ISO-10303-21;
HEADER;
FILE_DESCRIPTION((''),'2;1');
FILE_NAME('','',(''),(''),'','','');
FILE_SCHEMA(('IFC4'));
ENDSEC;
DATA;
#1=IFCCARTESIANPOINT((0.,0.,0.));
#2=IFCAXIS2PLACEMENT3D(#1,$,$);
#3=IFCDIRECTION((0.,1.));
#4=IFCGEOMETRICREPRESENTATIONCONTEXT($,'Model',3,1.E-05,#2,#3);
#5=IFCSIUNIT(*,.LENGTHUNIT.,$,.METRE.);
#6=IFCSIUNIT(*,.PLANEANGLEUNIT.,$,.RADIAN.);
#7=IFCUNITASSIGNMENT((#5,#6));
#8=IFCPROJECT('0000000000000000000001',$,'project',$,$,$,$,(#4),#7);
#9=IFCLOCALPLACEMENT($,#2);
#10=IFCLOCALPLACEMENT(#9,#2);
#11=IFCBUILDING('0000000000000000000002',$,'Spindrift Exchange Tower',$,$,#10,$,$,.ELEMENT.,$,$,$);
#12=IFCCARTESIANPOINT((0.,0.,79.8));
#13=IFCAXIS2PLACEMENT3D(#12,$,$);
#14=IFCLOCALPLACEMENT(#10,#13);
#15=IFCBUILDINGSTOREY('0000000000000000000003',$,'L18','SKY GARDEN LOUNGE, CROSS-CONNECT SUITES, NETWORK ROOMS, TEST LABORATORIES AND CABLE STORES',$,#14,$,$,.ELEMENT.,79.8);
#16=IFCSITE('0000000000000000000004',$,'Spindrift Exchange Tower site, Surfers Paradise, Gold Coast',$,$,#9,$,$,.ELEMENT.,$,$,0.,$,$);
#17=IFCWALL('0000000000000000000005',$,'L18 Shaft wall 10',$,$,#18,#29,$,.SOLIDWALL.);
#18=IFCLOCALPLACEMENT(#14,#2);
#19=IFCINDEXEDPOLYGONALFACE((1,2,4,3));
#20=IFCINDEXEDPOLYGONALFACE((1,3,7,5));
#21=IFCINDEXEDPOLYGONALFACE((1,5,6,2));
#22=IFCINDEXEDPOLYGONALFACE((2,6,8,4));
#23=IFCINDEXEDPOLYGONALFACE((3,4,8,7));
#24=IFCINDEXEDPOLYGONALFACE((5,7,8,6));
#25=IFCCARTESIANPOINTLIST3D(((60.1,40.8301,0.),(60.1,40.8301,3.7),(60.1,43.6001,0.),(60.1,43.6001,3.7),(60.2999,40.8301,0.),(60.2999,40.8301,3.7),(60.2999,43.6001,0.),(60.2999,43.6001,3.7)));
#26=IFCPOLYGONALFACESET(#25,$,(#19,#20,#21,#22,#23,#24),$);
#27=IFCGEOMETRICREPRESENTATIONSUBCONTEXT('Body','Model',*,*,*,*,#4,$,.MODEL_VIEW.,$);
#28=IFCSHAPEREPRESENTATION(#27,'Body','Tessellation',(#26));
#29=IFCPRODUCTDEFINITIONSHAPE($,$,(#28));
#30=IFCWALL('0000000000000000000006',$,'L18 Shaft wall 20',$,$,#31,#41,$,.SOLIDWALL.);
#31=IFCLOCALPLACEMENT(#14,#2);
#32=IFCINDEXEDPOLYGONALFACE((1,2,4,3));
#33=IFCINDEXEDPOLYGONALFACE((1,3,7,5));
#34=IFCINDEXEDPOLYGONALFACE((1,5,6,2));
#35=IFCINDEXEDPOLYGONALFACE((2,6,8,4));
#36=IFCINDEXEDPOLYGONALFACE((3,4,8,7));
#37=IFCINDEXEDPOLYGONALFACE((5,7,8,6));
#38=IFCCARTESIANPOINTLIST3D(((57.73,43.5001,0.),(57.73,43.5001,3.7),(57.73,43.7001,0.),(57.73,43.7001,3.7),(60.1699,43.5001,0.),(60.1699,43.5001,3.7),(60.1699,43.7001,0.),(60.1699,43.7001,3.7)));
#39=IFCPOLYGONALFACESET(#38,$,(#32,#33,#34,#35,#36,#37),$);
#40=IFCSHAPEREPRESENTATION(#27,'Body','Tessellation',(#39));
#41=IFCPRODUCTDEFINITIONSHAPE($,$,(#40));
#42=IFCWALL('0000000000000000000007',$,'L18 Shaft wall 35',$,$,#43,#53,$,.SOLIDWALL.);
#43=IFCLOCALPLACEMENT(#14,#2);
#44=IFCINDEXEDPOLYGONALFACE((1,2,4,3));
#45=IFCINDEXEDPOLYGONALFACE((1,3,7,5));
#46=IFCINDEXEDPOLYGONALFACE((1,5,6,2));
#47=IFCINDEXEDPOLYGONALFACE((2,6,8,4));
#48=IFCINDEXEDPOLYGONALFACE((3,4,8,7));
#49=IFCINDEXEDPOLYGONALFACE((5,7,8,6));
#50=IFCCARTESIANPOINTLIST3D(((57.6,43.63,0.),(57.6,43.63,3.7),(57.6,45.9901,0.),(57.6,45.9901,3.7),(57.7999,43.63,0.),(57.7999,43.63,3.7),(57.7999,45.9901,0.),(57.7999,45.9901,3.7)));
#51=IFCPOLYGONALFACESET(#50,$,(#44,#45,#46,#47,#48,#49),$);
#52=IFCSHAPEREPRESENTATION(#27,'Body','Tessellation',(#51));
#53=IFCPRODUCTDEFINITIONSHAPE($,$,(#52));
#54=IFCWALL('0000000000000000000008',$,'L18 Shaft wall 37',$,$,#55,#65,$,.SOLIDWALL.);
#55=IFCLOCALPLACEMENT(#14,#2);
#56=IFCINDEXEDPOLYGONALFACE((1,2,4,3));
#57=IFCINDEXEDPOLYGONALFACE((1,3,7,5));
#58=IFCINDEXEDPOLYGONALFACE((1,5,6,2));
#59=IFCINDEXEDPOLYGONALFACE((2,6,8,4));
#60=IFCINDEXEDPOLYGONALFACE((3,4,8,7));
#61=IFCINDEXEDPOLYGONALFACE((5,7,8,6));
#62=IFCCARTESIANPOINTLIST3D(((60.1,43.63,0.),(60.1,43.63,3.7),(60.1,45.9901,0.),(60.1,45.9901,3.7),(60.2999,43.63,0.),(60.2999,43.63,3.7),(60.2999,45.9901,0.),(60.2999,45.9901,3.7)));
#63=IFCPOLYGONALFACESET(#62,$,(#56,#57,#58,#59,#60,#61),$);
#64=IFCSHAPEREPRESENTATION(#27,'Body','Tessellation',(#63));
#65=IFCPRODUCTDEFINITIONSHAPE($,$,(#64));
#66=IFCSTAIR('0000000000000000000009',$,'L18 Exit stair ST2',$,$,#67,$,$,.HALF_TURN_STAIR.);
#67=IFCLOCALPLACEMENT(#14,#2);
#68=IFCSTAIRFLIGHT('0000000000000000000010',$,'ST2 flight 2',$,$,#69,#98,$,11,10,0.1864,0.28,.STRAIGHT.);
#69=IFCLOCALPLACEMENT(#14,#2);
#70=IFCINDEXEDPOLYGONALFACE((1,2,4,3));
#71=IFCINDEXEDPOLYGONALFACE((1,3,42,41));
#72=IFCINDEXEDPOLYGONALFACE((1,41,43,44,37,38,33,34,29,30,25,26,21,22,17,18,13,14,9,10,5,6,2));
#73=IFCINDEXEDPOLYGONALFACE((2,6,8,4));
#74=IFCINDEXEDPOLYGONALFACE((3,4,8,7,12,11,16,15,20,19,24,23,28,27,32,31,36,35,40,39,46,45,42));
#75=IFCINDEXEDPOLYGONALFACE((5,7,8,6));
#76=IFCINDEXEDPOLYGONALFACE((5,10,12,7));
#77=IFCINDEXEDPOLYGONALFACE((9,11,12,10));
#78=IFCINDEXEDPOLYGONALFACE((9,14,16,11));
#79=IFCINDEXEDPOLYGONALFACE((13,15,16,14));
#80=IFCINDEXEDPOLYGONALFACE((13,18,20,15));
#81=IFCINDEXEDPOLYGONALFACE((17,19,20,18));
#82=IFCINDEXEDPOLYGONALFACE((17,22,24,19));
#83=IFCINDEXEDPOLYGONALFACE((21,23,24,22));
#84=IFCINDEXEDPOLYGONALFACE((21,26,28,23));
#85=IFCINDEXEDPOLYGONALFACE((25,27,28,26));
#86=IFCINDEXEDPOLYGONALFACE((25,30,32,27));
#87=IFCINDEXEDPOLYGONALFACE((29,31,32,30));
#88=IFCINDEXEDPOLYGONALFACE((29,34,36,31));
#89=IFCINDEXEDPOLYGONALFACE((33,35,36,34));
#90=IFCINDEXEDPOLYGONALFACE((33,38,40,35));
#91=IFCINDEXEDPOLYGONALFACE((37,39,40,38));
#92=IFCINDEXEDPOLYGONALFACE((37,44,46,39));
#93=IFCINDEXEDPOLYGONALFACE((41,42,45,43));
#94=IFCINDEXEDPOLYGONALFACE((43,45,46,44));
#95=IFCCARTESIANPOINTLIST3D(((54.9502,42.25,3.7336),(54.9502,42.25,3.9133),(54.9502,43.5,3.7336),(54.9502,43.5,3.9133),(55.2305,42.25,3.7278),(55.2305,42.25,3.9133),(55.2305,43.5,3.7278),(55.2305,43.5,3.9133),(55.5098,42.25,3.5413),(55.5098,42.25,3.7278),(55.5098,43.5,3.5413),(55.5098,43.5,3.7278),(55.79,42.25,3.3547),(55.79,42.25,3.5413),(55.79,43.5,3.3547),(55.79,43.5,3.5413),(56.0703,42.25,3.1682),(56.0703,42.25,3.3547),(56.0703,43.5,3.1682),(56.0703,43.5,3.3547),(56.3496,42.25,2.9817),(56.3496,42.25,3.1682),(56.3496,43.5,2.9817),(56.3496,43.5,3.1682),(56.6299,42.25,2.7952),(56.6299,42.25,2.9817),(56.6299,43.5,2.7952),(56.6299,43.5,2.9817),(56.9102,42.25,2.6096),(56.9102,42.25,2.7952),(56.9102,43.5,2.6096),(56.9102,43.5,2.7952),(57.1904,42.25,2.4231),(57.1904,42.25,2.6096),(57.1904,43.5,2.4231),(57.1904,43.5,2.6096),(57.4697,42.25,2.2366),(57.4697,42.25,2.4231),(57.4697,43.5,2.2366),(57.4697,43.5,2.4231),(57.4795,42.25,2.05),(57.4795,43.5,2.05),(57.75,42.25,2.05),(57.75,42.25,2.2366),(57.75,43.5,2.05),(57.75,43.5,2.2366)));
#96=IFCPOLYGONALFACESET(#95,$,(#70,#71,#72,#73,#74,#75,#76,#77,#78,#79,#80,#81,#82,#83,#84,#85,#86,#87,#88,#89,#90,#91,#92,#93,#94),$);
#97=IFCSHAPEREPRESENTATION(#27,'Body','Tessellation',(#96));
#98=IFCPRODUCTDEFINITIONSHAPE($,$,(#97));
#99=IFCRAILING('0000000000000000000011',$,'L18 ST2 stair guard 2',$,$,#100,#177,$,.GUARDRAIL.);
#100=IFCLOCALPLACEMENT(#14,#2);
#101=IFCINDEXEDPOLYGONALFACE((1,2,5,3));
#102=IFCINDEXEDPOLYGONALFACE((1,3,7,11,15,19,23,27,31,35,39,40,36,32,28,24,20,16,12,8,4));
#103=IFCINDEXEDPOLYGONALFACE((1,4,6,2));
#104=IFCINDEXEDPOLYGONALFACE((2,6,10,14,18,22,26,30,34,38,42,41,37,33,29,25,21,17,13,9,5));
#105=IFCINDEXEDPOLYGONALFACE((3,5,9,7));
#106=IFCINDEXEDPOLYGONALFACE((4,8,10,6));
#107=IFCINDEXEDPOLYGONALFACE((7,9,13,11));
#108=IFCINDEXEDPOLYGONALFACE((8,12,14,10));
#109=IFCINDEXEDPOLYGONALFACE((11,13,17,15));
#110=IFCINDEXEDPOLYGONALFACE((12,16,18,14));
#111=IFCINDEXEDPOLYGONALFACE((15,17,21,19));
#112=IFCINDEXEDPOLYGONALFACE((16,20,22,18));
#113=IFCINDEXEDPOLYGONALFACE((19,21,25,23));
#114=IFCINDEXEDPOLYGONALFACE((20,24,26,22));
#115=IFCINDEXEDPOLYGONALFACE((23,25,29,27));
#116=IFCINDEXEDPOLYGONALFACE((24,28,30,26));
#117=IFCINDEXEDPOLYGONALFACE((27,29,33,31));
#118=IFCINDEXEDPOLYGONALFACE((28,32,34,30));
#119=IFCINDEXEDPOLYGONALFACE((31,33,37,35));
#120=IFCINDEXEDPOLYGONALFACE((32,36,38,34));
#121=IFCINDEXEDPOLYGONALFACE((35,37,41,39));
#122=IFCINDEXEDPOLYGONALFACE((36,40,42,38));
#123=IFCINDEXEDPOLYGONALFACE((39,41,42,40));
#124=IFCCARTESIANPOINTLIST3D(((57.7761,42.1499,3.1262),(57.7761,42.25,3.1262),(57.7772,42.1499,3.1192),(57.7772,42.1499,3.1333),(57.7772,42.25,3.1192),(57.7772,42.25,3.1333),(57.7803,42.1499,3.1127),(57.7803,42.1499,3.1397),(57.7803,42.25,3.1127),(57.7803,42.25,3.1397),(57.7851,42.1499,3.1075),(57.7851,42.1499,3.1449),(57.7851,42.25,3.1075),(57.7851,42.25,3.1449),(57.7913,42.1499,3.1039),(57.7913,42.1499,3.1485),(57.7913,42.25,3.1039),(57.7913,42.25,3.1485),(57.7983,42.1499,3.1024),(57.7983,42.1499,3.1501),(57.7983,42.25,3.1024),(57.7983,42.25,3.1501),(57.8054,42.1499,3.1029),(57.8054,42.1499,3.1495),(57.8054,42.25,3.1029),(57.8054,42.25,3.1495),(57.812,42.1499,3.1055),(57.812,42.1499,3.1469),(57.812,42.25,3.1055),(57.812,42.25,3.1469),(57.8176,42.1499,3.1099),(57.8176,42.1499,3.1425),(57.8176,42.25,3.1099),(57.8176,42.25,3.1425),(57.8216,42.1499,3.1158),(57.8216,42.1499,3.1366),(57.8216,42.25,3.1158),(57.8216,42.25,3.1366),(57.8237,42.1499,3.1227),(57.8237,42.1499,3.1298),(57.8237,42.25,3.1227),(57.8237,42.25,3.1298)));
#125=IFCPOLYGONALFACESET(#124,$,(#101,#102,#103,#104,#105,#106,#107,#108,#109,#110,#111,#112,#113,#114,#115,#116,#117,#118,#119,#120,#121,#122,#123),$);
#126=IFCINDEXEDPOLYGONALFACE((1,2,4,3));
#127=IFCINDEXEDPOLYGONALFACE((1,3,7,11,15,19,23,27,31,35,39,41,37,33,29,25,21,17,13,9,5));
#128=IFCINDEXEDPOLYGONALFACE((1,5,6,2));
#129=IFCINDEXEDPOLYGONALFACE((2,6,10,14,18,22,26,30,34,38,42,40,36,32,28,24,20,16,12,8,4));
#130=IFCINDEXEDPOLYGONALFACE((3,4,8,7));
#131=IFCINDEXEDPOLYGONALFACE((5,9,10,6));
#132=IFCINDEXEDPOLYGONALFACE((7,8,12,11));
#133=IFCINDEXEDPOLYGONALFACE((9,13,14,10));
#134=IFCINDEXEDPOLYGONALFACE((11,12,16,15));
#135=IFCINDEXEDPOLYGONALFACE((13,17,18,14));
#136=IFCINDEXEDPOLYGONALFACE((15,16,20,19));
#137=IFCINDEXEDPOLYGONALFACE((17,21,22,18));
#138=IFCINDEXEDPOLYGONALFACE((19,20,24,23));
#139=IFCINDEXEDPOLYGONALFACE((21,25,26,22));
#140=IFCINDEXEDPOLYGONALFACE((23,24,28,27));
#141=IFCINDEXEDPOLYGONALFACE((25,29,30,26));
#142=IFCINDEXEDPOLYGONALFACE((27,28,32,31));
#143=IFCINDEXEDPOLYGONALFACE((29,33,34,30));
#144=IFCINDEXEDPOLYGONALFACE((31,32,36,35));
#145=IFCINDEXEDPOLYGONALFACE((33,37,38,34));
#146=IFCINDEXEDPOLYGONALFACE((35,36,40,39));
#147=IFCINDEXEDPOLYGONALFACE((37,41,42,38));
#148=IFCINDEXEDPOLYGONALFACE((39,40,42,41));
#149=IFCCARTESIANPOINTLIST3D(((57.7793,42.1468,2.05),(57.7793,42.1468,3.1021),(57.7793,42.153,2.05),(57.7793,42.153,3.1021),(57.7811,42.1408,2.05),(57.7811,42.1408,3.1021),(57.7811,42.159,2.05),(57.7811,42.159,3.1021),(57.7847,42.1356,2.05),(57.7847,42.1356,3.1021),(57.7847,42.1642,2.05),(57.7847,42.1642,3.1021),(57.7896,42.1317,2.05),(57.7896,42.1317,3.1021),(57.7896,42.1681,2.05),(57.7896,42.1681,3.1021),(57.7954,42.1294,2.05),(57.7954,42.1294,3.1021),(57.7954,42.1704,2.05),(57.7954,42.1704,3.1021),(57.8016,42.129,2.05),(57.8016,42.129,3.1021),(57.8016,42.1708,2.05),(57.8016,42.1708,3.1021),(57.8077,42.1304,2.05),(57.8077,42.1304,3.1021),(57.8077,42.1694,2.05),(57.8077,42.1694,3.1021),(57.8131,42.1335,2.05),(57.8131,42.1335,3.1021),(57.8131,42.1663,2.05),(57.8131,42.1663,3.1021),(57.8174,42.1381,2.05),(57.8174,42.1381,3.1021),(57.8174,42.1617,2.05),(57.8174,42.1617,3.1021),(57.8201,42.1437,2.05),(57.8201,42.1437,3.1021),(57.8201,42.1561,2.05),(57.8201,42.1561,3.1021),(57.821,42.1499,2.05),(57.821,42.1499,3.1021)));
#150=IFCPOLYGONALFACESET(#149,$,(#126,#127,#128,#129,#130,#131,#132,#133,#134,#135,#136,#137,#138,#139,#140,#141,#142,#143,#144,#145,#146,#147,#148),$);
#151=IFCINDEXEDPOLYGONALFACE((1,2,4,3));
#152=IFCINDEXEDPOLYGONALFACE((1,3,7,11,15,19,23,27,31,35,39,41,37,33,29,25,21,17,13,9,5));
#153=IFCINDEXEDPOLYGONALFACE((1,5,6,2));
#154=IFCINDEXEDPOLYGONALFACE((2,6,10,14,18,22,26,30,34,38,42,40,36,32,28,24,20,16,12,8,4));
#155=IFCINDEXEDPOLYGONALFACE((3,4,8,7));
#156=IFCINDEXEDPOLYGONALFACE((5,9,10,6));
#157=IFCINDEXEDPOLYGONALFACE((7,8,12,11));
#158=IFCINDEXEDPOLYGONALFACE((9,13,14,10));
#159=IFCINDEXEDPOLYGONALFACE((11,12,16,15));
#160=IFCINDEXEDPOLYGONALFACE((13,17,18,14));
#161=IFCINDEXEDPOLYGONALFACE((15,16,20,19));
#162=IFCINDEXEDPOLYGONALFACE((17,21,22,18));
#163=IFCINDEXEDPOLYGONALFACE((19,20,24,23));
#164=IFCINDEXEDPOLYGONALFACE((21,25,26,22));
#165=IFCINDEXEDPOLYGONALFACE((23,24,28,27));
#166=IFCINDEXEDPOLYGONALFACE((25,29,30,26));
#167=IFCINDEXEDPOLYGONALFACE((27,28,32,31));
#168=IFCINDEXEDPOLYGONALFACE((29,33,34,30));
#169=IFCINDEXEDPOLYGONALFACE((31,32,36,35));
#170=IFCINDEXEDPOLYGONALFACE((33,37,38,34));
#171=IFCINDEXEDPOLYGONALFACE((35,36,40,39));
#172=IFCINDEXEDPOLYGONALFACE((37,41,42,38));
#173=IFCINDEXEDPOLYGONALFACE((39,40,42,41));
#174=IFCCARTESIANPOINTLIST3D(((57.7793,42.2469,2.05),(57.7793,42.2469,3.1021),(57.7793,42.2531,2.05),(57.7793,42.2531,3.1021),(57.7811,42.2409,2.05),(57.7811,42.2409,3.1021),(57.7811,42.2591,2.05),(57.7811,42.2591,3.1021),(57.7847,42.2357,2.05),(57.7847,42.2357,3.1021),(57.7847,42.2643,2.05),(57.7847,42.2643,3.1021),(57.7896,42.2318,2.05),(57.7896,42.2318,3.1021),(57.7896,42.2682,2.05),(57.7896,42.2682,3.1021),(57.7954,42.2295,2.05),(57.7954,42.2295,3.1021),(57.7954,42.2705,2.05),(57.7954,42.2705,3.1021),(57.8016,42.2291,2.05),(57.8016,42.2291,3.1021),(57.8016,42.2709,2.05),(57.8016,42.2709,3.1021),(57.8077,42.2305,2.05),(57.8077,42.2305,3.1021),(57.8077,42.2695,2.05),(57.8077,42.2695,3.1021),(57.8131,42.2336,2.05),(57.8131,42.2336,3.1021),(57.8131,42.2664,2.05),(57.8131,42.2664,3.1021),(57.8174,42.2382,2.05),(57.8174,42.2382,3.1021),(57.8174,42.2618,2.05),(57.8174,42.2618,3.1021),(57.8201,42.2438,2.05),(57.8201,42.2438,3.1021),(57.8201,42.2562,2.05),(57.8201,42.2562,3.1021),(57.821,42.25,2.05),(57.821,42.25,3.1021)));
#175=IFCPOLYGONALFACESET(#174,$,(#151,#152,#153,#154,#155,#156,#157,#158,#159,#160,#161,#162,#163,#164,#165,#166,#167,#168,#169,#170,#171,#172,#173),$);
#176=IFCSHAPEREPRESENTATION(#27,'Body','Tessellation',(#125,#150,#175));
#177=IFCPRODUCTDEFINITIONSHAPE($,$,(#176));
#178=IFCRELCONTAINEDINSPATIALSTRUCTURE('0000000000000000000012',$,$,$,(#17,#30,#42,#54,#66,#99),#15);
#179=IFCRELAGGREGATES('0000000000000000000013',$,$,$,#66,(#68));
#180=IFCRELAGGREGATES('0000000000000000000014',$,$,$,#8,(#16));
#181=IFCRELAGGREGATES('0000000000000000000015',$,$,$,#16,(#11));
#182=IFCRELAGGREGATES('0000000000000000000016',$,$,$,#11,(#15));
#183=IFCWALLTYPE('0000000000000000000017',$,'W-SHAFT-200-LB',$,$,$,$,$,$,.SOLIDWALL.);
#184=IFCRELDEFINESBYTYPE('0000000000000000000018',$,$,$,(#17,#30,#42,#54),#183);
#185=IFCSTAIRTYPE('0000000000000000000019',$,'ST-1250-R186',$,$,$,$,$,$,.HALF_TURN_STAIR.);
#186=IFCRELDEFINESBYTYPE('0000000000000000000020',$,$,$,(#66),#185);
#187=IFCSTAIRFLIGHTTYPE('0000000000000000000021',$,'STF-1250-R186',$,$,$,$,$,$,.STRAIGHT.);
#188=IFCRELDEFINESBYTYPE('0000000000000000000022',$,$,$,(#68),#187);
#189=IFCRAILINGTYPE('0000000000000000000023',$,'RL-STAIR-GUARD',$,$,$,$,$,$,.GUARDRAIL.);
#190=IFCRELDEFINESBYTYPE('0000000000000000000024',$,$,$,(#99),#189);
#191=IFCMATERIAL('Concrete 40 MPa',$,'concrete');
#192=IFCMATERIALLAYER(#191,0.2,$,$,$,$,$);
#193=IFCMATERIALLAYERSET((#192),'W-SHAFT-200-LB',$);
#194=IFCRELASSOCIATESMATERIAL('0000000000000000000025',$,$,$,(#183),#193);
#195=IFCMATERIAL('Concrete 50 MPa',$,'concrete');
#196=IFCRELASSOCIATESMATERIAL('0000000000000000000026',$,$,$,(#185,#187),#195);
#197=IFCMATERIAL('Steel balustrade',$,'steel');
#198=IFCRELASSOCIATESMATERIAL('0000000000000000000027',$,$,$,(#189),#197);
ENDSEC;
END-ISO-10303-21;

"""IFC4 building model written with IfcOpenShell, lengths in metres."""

from ifc_helpers import new_model, si_unit, direction, frame, frame_2d, origin, origin_2d, place, context, subcontext, project, spatial, line, indexed_curve, rectangle, circle, outline, extrude, material, layer, layer_set, type_object, element, aggregate, save


model = new_model("IFC4")

# Units and contexts
model_context = context("Model", 3, precision=1e-05, world=origin(), true_north=direction((0.0, 1.0)))
body_context = subcontext(model_context, "Body", "Model", "MODEL_VIEW")
ifc_project = project(units=[si_unit("LENGTHUNIT", "METRE"), si_unit("PLANEANGLEUNIT", "RADIAN")], contexts=[model_context])

# Site, building, storey
site_placement = place(None, origin())
site = spatial("IfcSite", under=ifc_project, at=site_placement, Name="Spindrift Exchange Tower site, Surfers Paradise, Gold Coast", CompositionType="ELEMENT", RefElevation=0.0)
building_placement = place(site_placement, origin())
building = spatial("IfcBuilding", under=site, at=building_placement, Name="Spindrift Exchange Tower", CompositionType="ELEMENT")
storey_placement = place(building_placement, frame((0.0, 0.0, 79.8)))
storey = spatial("IfcBuildingStorey", under=building, at=storey_placement, Name="L18", Description="SKY GARDEN LOUNGE, CROSS-CONNECT SUITES, NETWORK ROOMS, TEST LABORATORIES AND CABLE STORES", CompositionType="ELEMENT", Elevation=79.8)

# Walls
ifc_material_1 = material(Name="Concrete 40 MPa", Category="concrete")
ifc_layer_1 = layer(ifc_material_1, 0.2)
ifc_layer_set_1 = layer_set([ifc_layer_1], Name="W-SHAFT-200-LB")
wall_type_1 = type_object("IfcWallType", Name="W-SHAFT-200-LB", PredefinedType="SOLIDWALL", material=ifc_layer_set_1)
wall_1_placement = place(storey_placement, frame((60.2, 40.8301, 0.0), z_axis=(0.0, 0.0, 1.0), x_axis=(0.0, 1.0, 0.0)))
element("IfcWall", 1, at=wall_1_placement, inside=storey, type_object=wall_type_1, Name="L18 Shaft wall 10", PredefinedType="SOLIDWALL", context=body_context, shape_type="SweptSolid", body=[
    extrude(rectangle(XDim=2.77, YDim=0.2, at=frame_2d((1.385, 0.0))), origin(), (0.0, 0.0, 1.0), 3.7),
])
wall_2_placement = place(storey_placement, frame((57.73, 43.6001, 0.0), z_axis=(0.0, 0.0, 1.0), x_axis=(1.0, 0.0, 0.0)))
element("IfcWall", 2, at=wall_2_placement, inside=storey, type_object=wall_type_1, Name="L18 Shaft wall 20", PredefinedType="SOLIDWALL", context=body_context, shape_type="SweptSolid", body=[
    extrude(rectangle(XDim=2.4399, YDim=0.2, at=frame_2d((1.22, 0.0))), origin(), (0.0, 0.0, 1.0), 3.7),
])
for number, where, z_axis, x_axis, name in (
    (3, (57.7, 43.6299, 0.0), (0.0, 0.0, 1.0), (0.0, 1.0, 0.0), "L18 Shaft wall 35"),
    (4, (60.2, 43.6299, 0.0), (0.0, 0.0, 1.0), (0.0, 1.0, 0.0), "L18 Shaft wall 37"),
):
    element("IfcWall", number, at=place(storey_placement, frame(where, z_axis=z_axis, x_axis=x_axis)), inside=storey, type_object=wall_type_1, Name=name, PredefinedType="SOLIDWALL", context=body_context, shape_type="SweptSolid", body=[
        extrude(rectangle(XDim=2.3601, YDim=0.2, at=frame_2d((1.1802, 0.0))), origin(), (0.0, 0.0, 1.0), 3.7),
    ])

# Stair, stair flight
ifc_material_2 = material(Name="Concrete 50 MPa", Category="concrete")
stair_type = type_object("IfcStairType", Name="ST-1250-R186", PredefinedType="HALF_TURN_STAIR", material=ifc_material_2)
stair_placement = place(storey_placement, origin())
stair = element("IfcStair", 5, at=stair_placement, inside=storey, type_object=stair_type, Name="L18 Exit stair ST2", PredefinedType="HALF_TURN_STAIR")
stair_flight_type = type_object("IfcStairFlightType", Name="STF-1250-R186", PredefinedType="STRAIGHT", material=ifc_material_2)
stair_flight_placement = place(storey_placement, frame((57.75, 42.875, 2.05), z_axis=(0.0, 0.0, 1.0), x_axis=(-1.0, 0.0, 0.0)))
stair_flight = element("IfcStairFlight", 6, at=stair_flight_placement, type_object=stair_flight_type, Name="ST2 flight 2", NumberOfRisers=11, NumberOfTreads=10, PredefinedType="STRAIGHT", RiserHeight=0.1864, TreadLength=0.28, context=body_context, shape_type="SweptSolid", body=[
    extrude(outline(indexed_curve([(0.0, 0.0), (0.0, 0.1865), (0.2803, 0.1865), (0.2803, 0.373), (0.5596, 0.373), (0.5596, 0.5596), (0.8398, 0.5596), (0.8398, 0.7451), (1.1201, 0.7451), (1.1201, 0.9316), (1.4004, 0.9316), (1.4004, 1.1182), (1.6797, 1.1182), (1.6797, 1.3047), (1.96, 1.3047), (1.96, 1.4912), (2.2402, 1.4912), (2.2402, 1.6777), (2.5195, 1.6777), (2.5195, 1.8633), (2.7998, 1.8633), (2.7998, 2.0498), (2.7998, 1.6836), (0.2705, 0.0)], segments=[line(1, 2, 3, 4, 5, 6, 7, 8, 9, 10, 11, 12, 13, 14, 15, 16, 17, 18, 19, 20, 21, 22, 23, 24, 1)], self_intersect=False)), frame((0.0, 0.625, 0.0), z_axis=(0.0, -1.0, 0.0), x_axis=(1.0, 0.0, 0.0)), (0.0, 0.0, 1.0), 1.25),
])
aggregate(stair, [stair_flight])

# Railing
ifc_material_3 = material(Name="Steel balustrade", Category="steel")
railing_type_1 = type_object("IfcRailingType", Name="RL-STAIR-GUARD", PredefinedType="GUARDRAIL", material=ifc_material_3)
railing_1_placement = place(storey_placement, frame((57.8, 42.1499, 2.05)))
element("IfcRailing", 7, at=railing_1_placement, inside=storey, type_object=railing_type_1, Name="L18 ST2 stair guard 2", PredefinedType="GUARDRAIL", context=body_context, shape_type="SweptSolid", body=[
    extrude(circle(Radius=0.0239, at=origin_2d()), frame((0.0, 0.0, 1.0762), z_axis=(0.0, 1.0, 0.0), x_axis=(-1.0, 0.0, 0.0)), (0.0, 0.0, 1.0), 0.1001),
    extrude(circle(Radius=0.021, at=origin_2d()), origin(), (0.0, 0.0, 1.0), 1.052),
    extrude(circle(Radius=0.021, at=origin_2d()), frame((0.0, 0.1001, 0.0)), (0.0, 0.0, 1.0), 1.052),
])

save(model, "model.ifc")
